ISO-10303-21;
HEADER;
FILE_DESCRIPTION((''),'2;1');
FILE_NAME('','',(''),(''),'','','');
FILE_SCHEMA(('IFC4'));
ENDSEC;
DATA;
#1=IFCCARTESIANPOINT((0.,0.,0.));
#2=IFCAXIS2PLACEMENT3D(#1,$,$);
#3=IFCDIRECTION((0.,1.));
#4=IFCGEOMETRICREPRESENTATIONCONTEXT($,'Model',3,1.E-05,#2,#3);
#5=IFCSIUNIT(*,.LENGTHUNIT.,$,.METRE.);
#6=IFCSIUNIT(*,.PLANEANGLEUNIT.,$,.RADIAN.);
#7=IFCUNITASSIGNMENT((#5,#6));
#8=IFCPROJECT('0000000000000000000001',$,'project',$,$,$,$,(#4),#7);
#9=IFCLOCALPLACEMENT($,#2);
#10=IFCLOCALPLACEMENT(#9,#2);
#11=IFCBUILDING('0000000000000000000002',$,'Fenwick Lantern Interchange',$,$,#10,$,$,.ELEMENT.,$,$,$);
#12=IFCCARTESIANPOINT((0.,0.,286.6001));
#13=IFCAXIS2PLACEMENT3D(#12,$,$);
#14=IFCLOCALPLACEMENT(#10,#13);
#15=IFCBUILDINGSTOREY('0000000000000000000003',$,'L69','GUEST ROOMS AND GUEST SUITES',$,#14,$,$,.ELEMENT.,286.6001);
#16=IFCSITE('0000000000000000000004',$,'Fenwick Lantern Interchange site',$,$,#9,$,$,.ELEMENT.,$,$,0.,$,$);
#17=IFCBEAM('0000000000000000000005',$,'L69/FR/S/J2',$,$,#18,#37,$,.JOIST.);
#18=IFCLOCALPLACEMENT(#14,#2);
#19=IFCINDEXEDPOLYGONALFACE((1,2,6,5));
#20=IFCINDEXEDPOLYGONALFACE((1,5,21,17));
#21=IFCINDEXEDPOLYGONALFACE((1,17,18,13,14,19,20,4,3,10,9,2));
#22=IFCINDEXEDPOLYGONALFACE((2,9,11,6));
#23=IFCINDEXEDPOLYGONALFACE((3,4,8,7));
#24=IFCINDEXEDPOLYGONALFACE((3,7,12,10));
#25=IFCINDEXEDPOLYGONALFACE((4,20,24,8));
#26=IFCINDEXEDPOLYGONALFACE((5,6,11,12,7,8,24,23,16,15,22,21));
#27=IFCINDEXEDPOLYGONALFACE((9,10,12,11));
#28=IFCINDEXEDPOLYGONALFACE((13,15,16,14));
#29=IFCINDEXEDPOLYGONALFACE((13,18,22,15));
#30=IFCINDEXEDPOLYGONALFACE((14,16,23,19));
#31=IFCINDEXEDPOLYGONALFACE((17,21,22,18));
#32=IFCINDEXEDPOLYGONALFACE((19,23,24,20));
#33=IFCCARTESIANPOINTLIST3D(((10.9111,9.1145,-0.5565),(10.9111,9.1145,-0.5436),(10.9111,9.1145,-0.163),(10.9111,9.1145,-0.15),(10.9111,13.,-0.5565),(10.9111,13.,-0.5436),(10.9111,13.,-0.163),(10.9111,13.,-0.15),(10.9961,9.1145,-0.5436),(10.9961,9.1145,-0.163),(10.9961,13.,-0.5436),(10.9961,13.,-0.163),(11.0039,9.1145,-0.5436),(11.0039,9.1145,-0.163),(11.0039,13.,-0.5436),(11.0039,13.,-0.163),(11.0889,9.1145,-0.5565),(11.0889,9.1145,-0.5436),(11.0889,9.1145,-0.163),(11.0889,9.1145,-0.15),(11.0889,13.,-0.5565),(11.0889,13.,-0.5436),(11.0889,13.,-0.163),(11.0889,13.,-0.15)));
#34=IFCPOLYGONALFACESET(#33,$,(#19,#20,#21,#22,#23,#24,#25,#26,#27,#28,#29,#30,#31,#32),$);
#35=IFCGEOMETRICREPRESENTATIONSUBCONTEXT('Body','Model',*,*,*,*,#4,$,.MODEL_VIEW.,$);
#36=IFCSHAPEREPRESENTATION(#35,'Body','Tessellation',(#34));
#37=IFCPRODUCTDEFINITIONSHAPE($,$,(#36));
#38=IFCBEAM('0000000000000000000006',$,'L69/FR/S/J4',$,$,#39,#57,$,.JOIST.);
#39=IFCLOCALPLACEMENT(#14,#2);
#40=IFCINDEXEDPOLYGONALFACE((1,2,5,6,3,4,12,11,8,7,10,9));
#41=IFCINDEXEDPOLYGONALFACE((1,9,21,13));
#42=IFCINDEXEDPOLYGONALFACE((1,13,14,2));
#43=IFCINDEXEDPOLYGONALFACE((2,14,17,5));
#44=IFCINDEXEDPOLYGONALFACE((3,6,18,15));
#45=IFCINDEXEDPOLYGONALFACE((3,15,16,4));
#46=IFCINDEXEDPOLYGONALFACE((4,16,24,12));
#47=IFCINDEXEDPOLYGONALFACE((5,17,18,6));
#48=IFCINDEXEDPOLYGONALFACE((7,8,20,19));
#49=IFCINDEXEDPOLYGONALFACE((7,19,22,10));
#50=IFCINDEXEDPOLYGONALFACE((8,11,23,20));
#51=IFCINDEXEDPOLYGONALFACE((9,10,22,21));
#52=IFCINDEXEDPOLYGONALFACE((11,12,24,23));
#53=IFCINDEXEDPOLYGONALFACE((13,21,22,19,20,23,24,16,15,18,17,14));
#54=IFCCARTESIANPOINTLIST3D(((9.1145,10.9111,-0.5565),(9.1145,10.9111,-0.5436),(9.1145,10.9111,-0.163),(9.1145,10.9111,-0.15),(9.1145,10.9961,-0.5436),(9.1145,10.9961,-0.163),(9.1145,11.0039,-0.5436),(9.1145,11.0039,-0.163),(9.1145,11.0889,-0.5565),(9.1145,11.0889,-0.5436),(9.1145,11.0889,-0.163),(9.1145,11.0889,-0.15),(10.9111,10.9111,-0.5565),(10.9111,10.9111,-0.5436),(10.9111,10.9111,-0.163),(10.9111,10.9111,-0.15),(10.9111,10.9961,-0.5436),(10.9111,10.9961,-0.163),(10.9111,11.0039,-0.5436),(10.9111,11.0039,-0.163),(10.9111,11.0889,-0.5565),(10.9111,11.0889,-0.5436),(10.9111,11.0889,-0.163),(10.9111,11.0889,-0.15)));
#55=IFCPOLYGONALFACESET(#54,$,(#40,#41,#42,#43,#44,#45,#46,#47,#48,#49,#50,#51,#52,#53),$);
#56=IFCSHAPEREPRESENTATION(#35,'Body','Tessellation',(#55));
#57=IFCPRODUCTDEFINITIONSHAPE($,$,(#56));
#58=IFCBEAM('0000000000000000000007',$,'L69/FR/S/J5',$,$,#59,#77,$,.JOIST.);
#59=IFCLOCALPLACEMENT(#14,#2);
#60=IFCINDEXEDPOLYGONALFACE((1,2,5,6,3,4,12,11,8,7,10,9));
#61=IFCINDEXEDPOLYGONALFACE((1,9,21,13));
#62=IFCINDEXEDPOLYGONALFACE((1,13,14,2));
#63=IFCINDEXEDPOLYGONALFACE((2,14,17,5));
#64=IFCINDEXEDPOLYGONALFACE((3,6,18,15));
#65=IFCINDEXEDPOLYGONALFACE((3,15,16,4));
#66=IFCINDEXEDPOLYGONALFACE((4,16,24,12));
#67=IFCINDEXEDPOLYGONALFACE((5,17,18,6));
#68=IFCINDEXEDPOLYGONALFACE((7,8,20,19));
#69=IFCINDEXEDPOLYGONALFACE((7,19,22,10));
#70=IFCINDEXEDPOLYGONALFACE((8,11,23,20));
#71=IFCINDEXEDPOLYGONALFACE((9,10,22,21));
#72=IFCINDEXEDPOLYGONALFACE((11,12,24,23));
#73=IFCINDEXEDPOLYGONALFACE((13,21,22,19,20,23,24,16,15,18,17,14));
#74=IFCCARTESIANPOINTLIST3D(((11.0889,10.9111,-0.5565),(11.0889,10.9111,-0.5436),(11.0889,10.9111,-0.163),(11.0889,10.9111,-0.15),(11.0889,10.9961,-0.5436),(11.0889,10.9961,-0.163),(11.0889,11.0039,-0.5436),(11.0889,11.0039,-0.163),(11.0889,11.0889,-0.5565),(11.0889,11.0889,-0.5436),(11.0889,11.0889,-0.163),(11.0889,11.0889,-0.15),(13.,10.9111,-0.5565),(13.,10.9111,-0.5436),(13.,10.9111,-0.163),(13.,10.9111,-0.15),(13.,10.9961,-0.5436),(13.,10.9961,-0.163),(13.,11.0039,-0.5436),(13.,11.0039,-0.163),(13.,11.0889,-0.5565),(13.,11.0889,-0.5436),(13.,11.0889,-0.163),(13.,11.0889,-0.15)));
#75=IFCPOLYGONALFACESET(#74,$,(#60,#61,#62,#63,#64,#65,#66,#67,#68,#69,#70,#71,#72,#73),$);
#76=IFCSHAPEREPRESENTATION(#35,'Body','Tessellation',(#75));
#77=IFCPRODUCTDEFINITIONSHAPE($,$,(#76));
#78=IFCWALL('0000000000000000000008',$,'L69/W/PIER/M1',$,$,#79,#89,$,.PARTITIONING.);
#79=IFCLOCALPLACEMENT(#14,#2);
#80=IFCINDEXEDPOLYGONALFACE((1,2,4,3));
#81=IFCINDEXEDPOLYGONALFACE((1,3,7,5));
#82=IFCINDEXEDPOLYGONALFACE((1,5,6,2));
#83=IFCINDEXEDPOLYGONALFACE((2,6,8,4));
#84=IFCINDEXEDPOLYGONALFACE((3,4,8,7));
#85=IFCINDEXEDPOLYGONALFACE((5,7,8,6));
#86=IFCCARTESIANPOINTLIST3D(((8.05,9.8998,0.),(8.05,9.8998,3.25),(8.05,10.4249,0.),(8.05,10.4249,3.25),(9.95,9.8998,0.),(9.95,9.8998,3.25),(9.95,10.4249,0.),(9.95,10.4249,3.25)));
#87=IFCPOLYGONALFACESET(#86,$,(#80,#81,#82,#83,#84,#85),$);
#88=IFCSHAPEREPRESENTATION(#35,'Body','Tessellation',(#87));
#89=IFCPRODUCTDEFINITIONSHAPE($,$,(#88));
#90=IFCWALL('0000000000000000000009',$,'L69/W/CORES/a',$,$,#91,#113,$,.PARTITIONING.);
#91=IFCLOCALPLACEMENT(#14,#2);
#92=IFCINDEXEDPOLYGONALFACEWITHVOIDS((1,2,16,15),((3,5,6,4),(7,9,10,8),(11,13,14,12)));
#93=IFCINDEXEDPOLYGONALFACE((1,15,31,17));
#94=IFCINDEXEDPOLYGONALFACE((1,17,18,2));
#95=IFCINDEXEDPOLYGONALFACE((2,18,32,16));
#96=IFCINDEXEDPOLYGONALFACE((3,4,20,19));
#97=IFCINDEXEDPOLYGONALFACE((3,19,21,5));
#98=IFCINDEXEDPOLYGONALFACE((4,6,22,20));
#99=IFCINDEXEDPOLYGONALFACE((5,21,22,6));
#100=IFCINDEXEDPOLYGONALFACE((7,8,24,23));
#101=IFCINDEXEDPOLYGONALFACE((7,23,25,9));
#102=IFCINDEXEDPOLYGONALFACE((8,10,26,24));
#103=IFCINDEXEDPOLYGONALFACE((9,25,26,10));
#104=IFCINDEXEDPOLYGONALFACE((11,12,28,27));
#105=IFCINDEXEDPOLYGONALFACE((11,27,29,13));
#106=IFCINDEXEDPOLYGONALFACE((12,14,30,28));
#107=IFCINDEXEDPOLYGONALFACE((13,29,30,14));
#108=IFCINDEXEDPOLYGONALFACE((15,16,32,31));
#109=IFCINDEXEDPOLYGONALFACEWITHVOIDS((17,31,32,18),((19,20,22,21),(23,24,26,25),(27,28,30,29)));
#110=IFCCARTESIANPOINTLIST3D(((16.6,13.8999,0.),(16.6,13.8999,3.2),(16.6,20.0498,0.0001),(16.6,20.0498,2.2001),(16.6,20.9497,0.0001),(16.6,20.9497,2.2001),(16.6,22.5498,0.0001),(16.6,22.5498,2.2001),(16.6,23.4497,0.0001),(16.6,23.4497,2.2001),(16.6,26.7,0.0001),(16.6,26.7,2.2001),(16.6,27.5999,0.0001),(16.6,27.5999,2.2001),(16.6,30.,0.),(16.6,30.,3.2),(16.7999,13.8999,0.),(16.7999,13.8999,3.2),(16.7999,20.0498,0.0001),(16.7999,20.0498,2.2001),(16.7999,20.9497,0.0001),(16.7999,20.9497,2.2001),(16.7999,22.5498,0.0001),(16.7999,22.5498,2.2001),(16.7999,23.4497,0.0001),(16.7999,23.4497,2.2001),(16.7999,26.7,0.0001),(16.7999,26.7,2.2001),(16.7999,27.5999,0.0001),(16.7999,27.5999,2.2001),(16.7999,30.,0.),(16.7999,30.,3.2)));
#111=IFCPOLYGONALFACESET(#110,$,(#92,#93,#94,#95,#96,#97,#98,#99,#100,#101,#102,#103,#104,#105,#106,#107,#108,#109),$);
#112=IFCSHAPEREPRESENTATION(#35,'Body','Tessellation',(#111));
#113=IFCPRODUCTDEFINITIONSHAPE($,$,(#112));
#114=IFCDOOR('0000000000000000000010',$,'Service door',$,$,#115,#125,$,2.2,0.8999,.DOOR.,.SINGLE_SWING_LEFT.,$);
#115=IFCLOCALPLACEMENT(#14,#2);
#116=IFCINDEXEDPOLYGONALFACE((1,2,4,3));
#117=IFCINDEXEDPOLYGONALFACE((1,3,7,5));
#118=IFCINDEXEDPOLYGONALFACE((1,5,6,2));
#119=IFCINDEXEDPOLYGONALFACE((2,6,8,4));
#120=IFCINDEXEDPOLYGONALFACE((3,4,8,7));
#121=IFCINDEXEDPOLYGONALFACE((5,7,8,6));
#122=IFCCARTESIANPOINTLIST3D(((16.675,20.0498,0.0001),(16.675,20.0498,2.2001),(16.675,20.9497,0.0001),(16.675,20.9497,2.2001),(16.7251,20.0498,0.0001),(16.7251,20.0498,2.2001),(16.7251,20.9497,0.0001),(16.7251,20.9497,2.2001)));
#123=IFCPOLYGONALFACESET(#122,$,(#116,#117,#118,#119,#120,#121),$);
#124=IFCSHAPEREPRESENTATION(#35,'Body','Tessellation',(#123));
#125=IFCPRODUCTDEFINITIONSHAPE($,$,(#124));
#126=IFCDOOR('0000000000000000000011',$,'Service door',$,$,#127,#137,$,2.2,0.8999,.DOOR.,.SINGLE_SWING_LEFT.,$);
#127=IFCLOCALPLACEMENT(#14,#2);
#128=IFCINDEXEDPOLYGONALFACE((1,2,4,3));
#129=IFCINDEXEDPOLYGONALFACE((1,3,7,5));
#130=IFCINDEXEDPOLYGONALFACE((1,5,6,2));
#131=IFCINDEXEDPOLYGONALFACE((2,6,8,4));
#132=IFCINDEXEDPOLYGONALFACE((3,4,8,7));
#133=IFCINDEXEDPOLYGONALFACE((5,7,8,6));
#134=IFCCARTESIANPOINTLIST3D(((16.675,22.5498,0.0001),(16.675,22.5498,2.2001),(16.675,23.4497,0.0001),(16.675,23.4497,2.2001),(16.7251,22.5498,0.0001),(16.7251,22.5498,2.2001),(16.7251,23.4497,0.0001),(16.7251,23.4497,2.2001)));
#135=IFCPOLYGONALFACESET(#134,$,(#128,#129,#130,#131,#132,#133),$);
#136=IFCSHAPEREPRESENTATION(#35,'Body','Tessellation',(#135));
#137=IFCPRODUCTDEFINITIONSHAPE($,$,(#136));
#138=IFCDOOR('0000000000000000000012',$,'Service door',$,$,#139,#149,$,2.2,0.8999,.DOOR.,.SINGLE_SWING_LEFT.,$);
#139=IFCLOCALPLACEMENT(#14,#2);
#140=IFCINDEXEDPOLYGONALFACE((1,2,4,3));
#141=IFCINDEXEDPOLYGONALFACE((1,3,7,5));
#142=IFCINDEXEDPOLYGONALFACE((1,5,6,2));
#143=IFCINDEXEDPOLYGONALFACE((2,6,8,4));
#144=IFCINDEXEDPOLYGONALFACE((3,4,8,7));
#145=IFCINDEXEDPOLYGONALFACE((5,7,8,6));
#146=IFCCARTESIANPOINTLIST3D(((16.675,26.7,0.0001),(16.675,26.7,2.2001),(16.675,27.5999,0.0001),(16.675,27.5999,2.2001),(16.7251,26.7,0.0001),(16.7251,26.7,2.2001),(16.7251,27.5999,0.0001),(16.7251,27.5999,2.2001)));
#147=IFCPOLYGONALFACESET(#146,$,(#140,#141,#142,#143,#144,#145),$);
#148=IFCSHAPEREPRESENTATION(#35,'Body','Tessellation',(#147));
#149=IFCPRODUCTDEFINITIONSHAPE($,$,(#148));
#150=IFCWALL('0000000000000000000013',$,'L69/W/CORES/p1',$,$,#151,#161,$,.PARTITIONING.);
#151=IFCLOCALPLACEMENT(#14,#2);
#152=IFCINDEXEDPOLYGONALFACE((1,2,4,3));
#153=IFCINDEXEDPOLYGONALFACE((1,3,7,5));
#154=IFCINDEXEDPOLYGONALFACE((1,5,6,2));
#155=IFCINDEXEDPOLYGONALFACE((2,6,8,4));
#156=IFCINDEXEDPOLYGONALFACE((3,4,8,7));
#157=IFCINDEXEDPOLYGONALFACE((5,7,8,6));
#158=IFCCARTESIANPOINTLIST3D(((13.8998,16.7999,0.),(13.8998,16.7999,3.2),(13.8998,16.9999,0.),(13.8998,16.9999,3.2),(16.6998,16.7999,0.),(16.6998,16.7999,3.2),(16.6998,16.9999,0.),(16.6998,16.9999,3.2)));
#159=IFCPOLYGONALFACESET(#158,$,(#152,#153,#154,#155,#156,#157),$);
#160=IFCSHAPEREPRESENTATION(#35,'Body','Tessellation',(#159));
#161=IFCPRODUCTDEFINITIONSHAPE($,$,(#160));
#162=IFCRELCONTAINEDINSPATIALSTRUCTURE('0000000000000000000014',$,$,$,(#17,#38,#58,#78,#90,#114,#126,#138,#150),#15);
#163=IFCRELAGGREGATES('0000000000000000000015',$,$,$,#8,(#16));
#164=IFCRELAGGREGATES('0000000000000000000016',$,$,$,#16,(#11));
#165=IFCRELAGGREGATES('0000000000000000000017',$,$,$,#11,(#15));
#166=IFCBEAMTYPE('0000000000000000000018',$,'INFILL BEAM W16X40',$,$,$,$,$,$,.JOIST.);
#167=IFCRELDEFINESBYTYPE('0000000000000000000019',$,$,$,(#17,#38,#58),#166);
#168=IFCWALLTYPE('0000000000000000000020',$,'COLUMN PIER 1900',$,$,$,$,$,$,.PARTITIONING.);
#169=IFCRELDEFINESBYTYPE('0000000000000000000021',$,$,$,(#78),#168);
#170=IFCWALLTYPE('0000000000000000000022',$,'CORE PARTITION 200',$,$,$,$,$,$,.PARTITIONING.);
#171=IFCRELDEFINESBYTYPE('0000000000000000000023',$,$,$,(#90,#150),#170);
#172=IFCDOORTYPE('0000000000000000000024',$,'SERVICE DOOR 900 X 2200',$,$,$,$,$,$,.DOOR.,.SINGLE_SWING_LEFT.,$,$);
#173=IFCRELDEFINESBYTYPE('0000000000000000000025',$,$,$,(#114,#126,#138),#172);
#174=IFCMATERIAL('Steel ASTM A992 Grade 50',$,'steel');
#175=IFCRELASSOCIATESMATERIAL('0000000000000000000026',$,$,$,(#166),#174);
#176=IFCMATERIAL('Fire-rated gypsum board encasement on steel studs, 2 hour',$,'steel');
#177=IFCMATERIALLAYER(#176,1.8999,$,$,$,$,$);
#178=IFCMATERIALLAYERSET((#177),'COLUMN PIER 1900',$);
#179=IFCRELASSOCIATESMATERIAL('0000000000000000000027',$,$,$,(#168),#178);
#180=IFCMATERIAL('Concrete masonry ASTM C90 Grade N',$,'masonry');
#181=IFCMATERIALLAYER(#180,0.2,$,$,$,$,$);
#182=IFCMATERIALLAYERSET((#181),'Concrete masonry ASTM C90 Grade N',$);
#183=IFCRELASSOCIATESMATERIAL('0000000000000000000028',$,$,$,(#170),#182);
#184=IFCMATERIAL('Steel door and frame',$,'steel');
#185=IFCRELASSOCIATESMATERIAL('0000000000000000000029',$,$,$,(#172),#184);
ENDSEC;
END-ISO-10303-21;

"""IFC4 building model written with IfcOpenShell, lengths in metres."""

from ifc_helpers import new_model, si_unit, direction, frame, frame_2d, origin, origin_2d, place, context, subcontext, project, spatial, rectangle, i_section, extrude, material, layer, layer_set, material_profile, profile_set, type_object, element, fill, save


model = new_model("IFC4")

# Units and contexts
model_context = context("Model", 3, precision=1e-05, world=origin(), true_north=direction((0.0, 1.0)))
body_context = subcontext(model_context, "Body", "Model", "MODEL_VIEW")
ifc_project = project(units=[si_unit("LENGTHUNIT", "METRE"), si_unit("PLANEANGLEUNIT", "RADIAN")], contexts=[model_context])

# Site, building, storey
site_placement = place(None, origin())
site = spatial("IfcSite", under=ifc_project, at=site_placement, Name="Fenwick Lantern Interchange site", CompositionType="ELEMENT", RefElevation=0.0)
building_placement = place(site_placement, origin())
building = spatial("IfcBuilding", under=site, at=building_placement, Name="Fenwick Lantern Interchange", CompositionType="ELEMENT")
storey_placement = place(building_placement, frame((0.0, 0.0, 286.6001)))
storey = spatial("IfcBuildingStorey", under=building, at=storey_placement, Name="L69", Description="GUEST ROOMS AND GUEST SUITES", CompositionType="ELEMENT", Elevation=286.6001)

# Beams
ifc_material_1 = material(Name="Steel ASTM A992 Grade 50", Category="steel")
ifc_material_profile = material_profile(ifc_material_1, i_section(OverallWidth=0.1777, OverallDepth=0.4065, WebThickness=0.0078, FlangeThickness=0.0129, at=origin_2d()), Name="W16X40")
ifc_profile_set = profile_set([ifc_material_profile], Name="Steel ASTM A992 Grade 50")
beam_type = type_object("IfcBeamType", Name="INFILL BEAM W16X40", PredefinedType="JOIST", material=ifc_profile_set)
beam_1_placement = place(storey_placement, frame((11.0, 9.1145, -0.3533), z_axis=(0.0, 1.0, 0.0), x_axis=(-1.0, 0.0, 0.0)))
element("IfcBeam", 1, at=beam_1_placement, inside=storey, type_object=beam_type, Name="L69/FR/S/J2", PredefinedType="JOIST", context=body_context, shape_type="SweptSolid", body=[
    extrude(i_section(OverallWidth=0.1777, OverallDepth=0.4065, WebThickness=0.0078, FlangeThickness=0.0129, at=origin_2d()), origin(), (0.0, 0.0, 1.0), 3.8855),
])
beam_2_placement = place(storey_placement, frame((9.1145, 11.0, -0.3533), z_axis=(1.0, 0.0, 0.0), x_axis=(0.0, 1.0, 0.0)))
element("IfcBeam", 2, at=beam_2_placement, inside=storey, type_object=beam_type, Name="L69/FR/S/J4", PredefinedType="JOIST", context=body_context, shape_type="SweptSolid", body=[
    extrude(i_section(OverallWidth=0.1777, OverallDepth=0.4065, WebThickness=0.0078, FlangeThickness=0.0129, at=origin_2d()), origin(), (0.0, 0.0, 1.0), 1.7966),
])
beam_3_placement = place(storey_placement, frame((11.0889, 11.0, -0.3533), z_axis=(1.0, 0.0, 0.0), x_axis=(0.0, 1.0, 0.0)))
element("IfcBeam", 3, at=beam_3_placement, inside=storey, type_object=beam_type, Name="L69/FR/S/J5", PredefinedType="JOIST", context=body_context, shape_type="SweptSolid", body=[
    extrude(i_section(OverallWidth=0.1777, OverallDepth=0.4065, WebThickness=0.0078, FlangeThickness=0.0129, at=origin_2d()), origin(), (0.0, 0.0, 1.0), 1.9111),
])

# Wall
ifc_material_2 = material(Name="Fire-rated gypsum board encasement on steel studs, 2 hour", Category="steel")
ifc_layer_1 = layer(ifc_material_2, 1.8999)
ifc_layer_set_1 = layer_set([ifc_layer_1], Name="COLUMN PIER 1900")
wall_type_1 = type_object("IfcWallType", Name="COLUMN PIER 1900", PredefinedType="PARTITIONING", material=ifc_layer_set_1)
wall_1_placement = place(storey_placement, frame((9.0, 10.425, 0.0), z_axis=(0.0, 0.0, 1.0), x_axis=(0.0, -1.0, 0.0)))
element("IfcWall", 4, at=wall_1_placement, inside=storey, type_object=wall_type_1, Name="L69/W/PIER/M1", PredefinedType="PARTITIONING", context=body_context, shape_type="SweptSolid", body=[
    extrude(rectangle(XDim=0.5251, YDim=1.8999, at=frame_2d((0.2627, 0.0))), origin(), (0.0, 0.0, 1.0), 3.25),
])

# Wall, openings, doors
ifc_material_3 = material(Name="Concrete masonry ASTM C90 Grade N", Category="masonry")
ifc_layer_2 = layer(ifc_material_3, 0.2)
ifc_layer_set_2 = layer_set([ifc_layer_2], Name="Concrete masonry ASTM C90 Grade N")
wall_type_2 = type_object("IfcWallType", Name="CORE PARTITION 200", PredefinedType="PARTITIONING", material=ifc_layer_set_2)
wall_2_placement = place(storey_placement, frame((16.7, 13.8999, 0.0), z_axis=(0.0, 0.0, 1.0), x_axis=(0.0, 1.0, 0.0)))
wall_2 = element("IfcWall", 5, at=wall_2_placement, inside=storey, type_object=wall_type_2, Name="L69/W/CORES/a", PredefinedType="PARTITIONING", context=body_context, shape_type="SweptSolid", body=[
    extrude(rectangle(XDim=16.1001, YDim=0.2, at=frame_2d((8.05, 0.0))), origin(), (0.0, 0.0, 1.0), 3.2),
])
opening_1_placement = place(wall_2_placement, frame((6.1499, 0.0, 0.0)))
opening_1 = element("IfcOpeningElement", 6, at=opening_1_placement, cuts=wall_2, PredefinedType="OPENING", context=body_context, shape_type="SweptSolid", body=[
    extrude(rectangle(XDim=0.8999, YDim=2.2, at=frame_2d((0.45, 1.1001))), frame((0.0, 0.1099, 0.0), z_axis=(0.0, -1.0, 0.0), x_axis=(1.0, 0.0, 0.0)), (0.0, 0.0, 1.0), 0.22),
])
opening_2_placement = place(wall_2_placement, frame((8.6499, 0.0, 0.0)))
opening_2 = element("IfcOpeningElement", 7, at=opening_2_placement, cuts=wall_2, PredefinedType="OPENING", context=body_context, shape_type="SweptSolid", body=[
    extrude(rectangle(XDim=0.8999, YDim=2.2, at=frame_2d((0.45, 1.1001))), frame((0.0, 0.1099, 0.0), z_axis=(0.0, -1.0, 0.0), x_axis=(1.0, 0.0, 0.0)), (0.0, 0.0, 1.0), 0.22),
])
opening_3_placement = place(wall_2_placement, frame((12.8, 0.0, 0.0)))
opening_3 = element("IfcOpeningElement", 8, at=opening_3_placement, cuts=wall_2, PredefinedType="OPENING", context=body_context, shape_type="SweptSolid", body=[
    extrude(rectangle(XDim=0.8999, YDim=2.2, at=frame_2d((0.45, 1.1001))), frame((0.0, 0.1099, 0.0), z_axis=(0.0, -1.0, 0.0), x_axis=(1.0, 0.0, 0.0)), (0.0, 0.0, 1.0), 0.22),
])
ifc_material_4 = material(Name="Steel door and frame", Category="steel")
door_type_1 = type_object("IfcDoorType", Name="SERVICE DOOR 900 X 2200", OperationType="SINGLE_SWING_LEFT", PredefinedType="DOOR", material=ifc_material_4)
door_1_placement = place(opening_1_placement, origin())
door_1 = element("IfcDoor", 9, at=door_1_placement, inside=storey, type_object=door_type_1, Name="Service door", OperationType="SINGLE_SWING_LEFT", OverallHeight=2.2, OverallWidth=0.8999, PredefinedType="DOOR", context=body_context, shape_type="SweptSolid", body=[
    extrude(rectangle(XDim=0.8999, YDim=2.2, at=frame_2d((0.45, 1.1001))), frame((0.0, 0.0249, 0.0), z_axis=(0.0, -1.0, 0.0), x_axis=(1.0, 0.0, 0.0)), (0.0, 0.0, 1.0), 0.05),
])
fill(opening_1, door_1)
door_2_placement = place(opening_2_placement, origin())
door_2 = element("IfcDoor", 10, at=door_2_placement, inside=storey, type_object=door_type_1, Name="Service door", OperationType="SINGLE_SWING_LEFT", OverallHeight=2.2, OverallWidth=0.8999, PredefinedType="DOOR", context=body_context, shape_type="SweptSolid", body=[
    extrude(rectangle(XDim=0.8999, YDim=2.2, at=frame_2d((0.45, 1.1001))), frame((0.0, 0.0249, 0.0), z_axis=(0.0, -1.0, 0.0), x_axis=(1.0, 0.0, 0.0)), (0.0, 0.0, 1.0), 0.05),
])
fill(opening_2, door_2)
door_3_placement = place(opening_3_placement, origin())
door_3 = element("IfcDoor", 11, at=door_3_placement, inside=storey, type_object=door_type_1, Name="Service door", OperationType="SINGLE_SWING_LEFT", OverallHeight=2.2, OverallWidth=0.8999, PredefinedType="DOOR", context=body_context, shape_type="SweptSolid", body=[
    extrude(rectangle(XDim=0.8999, YDim=2.2, at=frame_2d((0.45, 1.1001))), frame((0.0, 0.0249, 0.0), z_axis=(0.0, -1.0, 0.0), x_axis=(1.0, 0.0, 0.0)), (0.0, 0.0, 1.0), 0.05),
])
fill(opening_3, door_3)

# Wall
wall_3_placement = place(storey_placement, frame((13.8999, 16.8999, 0.0), z_axis=(0.0, 0.0, 1.0), x_axis=(1.0, 0.0, 0.0)))
element("IfcWall", 12, at=wall_3_placement, inside=storey, type_object=wall_type_2, Name="L69/W/CORES/p1", PredefinedType="PARTITIONING", context=body_context, shape_type="SweptSolid", body=[
    extrude(rectangle(XDim=2.8, YDim=0.2, at=frame_2d((1.3999, 0.0))), origin(), (0.0, 0.0, 1.0), 3.2),
])

save(model, "model.ifc")
